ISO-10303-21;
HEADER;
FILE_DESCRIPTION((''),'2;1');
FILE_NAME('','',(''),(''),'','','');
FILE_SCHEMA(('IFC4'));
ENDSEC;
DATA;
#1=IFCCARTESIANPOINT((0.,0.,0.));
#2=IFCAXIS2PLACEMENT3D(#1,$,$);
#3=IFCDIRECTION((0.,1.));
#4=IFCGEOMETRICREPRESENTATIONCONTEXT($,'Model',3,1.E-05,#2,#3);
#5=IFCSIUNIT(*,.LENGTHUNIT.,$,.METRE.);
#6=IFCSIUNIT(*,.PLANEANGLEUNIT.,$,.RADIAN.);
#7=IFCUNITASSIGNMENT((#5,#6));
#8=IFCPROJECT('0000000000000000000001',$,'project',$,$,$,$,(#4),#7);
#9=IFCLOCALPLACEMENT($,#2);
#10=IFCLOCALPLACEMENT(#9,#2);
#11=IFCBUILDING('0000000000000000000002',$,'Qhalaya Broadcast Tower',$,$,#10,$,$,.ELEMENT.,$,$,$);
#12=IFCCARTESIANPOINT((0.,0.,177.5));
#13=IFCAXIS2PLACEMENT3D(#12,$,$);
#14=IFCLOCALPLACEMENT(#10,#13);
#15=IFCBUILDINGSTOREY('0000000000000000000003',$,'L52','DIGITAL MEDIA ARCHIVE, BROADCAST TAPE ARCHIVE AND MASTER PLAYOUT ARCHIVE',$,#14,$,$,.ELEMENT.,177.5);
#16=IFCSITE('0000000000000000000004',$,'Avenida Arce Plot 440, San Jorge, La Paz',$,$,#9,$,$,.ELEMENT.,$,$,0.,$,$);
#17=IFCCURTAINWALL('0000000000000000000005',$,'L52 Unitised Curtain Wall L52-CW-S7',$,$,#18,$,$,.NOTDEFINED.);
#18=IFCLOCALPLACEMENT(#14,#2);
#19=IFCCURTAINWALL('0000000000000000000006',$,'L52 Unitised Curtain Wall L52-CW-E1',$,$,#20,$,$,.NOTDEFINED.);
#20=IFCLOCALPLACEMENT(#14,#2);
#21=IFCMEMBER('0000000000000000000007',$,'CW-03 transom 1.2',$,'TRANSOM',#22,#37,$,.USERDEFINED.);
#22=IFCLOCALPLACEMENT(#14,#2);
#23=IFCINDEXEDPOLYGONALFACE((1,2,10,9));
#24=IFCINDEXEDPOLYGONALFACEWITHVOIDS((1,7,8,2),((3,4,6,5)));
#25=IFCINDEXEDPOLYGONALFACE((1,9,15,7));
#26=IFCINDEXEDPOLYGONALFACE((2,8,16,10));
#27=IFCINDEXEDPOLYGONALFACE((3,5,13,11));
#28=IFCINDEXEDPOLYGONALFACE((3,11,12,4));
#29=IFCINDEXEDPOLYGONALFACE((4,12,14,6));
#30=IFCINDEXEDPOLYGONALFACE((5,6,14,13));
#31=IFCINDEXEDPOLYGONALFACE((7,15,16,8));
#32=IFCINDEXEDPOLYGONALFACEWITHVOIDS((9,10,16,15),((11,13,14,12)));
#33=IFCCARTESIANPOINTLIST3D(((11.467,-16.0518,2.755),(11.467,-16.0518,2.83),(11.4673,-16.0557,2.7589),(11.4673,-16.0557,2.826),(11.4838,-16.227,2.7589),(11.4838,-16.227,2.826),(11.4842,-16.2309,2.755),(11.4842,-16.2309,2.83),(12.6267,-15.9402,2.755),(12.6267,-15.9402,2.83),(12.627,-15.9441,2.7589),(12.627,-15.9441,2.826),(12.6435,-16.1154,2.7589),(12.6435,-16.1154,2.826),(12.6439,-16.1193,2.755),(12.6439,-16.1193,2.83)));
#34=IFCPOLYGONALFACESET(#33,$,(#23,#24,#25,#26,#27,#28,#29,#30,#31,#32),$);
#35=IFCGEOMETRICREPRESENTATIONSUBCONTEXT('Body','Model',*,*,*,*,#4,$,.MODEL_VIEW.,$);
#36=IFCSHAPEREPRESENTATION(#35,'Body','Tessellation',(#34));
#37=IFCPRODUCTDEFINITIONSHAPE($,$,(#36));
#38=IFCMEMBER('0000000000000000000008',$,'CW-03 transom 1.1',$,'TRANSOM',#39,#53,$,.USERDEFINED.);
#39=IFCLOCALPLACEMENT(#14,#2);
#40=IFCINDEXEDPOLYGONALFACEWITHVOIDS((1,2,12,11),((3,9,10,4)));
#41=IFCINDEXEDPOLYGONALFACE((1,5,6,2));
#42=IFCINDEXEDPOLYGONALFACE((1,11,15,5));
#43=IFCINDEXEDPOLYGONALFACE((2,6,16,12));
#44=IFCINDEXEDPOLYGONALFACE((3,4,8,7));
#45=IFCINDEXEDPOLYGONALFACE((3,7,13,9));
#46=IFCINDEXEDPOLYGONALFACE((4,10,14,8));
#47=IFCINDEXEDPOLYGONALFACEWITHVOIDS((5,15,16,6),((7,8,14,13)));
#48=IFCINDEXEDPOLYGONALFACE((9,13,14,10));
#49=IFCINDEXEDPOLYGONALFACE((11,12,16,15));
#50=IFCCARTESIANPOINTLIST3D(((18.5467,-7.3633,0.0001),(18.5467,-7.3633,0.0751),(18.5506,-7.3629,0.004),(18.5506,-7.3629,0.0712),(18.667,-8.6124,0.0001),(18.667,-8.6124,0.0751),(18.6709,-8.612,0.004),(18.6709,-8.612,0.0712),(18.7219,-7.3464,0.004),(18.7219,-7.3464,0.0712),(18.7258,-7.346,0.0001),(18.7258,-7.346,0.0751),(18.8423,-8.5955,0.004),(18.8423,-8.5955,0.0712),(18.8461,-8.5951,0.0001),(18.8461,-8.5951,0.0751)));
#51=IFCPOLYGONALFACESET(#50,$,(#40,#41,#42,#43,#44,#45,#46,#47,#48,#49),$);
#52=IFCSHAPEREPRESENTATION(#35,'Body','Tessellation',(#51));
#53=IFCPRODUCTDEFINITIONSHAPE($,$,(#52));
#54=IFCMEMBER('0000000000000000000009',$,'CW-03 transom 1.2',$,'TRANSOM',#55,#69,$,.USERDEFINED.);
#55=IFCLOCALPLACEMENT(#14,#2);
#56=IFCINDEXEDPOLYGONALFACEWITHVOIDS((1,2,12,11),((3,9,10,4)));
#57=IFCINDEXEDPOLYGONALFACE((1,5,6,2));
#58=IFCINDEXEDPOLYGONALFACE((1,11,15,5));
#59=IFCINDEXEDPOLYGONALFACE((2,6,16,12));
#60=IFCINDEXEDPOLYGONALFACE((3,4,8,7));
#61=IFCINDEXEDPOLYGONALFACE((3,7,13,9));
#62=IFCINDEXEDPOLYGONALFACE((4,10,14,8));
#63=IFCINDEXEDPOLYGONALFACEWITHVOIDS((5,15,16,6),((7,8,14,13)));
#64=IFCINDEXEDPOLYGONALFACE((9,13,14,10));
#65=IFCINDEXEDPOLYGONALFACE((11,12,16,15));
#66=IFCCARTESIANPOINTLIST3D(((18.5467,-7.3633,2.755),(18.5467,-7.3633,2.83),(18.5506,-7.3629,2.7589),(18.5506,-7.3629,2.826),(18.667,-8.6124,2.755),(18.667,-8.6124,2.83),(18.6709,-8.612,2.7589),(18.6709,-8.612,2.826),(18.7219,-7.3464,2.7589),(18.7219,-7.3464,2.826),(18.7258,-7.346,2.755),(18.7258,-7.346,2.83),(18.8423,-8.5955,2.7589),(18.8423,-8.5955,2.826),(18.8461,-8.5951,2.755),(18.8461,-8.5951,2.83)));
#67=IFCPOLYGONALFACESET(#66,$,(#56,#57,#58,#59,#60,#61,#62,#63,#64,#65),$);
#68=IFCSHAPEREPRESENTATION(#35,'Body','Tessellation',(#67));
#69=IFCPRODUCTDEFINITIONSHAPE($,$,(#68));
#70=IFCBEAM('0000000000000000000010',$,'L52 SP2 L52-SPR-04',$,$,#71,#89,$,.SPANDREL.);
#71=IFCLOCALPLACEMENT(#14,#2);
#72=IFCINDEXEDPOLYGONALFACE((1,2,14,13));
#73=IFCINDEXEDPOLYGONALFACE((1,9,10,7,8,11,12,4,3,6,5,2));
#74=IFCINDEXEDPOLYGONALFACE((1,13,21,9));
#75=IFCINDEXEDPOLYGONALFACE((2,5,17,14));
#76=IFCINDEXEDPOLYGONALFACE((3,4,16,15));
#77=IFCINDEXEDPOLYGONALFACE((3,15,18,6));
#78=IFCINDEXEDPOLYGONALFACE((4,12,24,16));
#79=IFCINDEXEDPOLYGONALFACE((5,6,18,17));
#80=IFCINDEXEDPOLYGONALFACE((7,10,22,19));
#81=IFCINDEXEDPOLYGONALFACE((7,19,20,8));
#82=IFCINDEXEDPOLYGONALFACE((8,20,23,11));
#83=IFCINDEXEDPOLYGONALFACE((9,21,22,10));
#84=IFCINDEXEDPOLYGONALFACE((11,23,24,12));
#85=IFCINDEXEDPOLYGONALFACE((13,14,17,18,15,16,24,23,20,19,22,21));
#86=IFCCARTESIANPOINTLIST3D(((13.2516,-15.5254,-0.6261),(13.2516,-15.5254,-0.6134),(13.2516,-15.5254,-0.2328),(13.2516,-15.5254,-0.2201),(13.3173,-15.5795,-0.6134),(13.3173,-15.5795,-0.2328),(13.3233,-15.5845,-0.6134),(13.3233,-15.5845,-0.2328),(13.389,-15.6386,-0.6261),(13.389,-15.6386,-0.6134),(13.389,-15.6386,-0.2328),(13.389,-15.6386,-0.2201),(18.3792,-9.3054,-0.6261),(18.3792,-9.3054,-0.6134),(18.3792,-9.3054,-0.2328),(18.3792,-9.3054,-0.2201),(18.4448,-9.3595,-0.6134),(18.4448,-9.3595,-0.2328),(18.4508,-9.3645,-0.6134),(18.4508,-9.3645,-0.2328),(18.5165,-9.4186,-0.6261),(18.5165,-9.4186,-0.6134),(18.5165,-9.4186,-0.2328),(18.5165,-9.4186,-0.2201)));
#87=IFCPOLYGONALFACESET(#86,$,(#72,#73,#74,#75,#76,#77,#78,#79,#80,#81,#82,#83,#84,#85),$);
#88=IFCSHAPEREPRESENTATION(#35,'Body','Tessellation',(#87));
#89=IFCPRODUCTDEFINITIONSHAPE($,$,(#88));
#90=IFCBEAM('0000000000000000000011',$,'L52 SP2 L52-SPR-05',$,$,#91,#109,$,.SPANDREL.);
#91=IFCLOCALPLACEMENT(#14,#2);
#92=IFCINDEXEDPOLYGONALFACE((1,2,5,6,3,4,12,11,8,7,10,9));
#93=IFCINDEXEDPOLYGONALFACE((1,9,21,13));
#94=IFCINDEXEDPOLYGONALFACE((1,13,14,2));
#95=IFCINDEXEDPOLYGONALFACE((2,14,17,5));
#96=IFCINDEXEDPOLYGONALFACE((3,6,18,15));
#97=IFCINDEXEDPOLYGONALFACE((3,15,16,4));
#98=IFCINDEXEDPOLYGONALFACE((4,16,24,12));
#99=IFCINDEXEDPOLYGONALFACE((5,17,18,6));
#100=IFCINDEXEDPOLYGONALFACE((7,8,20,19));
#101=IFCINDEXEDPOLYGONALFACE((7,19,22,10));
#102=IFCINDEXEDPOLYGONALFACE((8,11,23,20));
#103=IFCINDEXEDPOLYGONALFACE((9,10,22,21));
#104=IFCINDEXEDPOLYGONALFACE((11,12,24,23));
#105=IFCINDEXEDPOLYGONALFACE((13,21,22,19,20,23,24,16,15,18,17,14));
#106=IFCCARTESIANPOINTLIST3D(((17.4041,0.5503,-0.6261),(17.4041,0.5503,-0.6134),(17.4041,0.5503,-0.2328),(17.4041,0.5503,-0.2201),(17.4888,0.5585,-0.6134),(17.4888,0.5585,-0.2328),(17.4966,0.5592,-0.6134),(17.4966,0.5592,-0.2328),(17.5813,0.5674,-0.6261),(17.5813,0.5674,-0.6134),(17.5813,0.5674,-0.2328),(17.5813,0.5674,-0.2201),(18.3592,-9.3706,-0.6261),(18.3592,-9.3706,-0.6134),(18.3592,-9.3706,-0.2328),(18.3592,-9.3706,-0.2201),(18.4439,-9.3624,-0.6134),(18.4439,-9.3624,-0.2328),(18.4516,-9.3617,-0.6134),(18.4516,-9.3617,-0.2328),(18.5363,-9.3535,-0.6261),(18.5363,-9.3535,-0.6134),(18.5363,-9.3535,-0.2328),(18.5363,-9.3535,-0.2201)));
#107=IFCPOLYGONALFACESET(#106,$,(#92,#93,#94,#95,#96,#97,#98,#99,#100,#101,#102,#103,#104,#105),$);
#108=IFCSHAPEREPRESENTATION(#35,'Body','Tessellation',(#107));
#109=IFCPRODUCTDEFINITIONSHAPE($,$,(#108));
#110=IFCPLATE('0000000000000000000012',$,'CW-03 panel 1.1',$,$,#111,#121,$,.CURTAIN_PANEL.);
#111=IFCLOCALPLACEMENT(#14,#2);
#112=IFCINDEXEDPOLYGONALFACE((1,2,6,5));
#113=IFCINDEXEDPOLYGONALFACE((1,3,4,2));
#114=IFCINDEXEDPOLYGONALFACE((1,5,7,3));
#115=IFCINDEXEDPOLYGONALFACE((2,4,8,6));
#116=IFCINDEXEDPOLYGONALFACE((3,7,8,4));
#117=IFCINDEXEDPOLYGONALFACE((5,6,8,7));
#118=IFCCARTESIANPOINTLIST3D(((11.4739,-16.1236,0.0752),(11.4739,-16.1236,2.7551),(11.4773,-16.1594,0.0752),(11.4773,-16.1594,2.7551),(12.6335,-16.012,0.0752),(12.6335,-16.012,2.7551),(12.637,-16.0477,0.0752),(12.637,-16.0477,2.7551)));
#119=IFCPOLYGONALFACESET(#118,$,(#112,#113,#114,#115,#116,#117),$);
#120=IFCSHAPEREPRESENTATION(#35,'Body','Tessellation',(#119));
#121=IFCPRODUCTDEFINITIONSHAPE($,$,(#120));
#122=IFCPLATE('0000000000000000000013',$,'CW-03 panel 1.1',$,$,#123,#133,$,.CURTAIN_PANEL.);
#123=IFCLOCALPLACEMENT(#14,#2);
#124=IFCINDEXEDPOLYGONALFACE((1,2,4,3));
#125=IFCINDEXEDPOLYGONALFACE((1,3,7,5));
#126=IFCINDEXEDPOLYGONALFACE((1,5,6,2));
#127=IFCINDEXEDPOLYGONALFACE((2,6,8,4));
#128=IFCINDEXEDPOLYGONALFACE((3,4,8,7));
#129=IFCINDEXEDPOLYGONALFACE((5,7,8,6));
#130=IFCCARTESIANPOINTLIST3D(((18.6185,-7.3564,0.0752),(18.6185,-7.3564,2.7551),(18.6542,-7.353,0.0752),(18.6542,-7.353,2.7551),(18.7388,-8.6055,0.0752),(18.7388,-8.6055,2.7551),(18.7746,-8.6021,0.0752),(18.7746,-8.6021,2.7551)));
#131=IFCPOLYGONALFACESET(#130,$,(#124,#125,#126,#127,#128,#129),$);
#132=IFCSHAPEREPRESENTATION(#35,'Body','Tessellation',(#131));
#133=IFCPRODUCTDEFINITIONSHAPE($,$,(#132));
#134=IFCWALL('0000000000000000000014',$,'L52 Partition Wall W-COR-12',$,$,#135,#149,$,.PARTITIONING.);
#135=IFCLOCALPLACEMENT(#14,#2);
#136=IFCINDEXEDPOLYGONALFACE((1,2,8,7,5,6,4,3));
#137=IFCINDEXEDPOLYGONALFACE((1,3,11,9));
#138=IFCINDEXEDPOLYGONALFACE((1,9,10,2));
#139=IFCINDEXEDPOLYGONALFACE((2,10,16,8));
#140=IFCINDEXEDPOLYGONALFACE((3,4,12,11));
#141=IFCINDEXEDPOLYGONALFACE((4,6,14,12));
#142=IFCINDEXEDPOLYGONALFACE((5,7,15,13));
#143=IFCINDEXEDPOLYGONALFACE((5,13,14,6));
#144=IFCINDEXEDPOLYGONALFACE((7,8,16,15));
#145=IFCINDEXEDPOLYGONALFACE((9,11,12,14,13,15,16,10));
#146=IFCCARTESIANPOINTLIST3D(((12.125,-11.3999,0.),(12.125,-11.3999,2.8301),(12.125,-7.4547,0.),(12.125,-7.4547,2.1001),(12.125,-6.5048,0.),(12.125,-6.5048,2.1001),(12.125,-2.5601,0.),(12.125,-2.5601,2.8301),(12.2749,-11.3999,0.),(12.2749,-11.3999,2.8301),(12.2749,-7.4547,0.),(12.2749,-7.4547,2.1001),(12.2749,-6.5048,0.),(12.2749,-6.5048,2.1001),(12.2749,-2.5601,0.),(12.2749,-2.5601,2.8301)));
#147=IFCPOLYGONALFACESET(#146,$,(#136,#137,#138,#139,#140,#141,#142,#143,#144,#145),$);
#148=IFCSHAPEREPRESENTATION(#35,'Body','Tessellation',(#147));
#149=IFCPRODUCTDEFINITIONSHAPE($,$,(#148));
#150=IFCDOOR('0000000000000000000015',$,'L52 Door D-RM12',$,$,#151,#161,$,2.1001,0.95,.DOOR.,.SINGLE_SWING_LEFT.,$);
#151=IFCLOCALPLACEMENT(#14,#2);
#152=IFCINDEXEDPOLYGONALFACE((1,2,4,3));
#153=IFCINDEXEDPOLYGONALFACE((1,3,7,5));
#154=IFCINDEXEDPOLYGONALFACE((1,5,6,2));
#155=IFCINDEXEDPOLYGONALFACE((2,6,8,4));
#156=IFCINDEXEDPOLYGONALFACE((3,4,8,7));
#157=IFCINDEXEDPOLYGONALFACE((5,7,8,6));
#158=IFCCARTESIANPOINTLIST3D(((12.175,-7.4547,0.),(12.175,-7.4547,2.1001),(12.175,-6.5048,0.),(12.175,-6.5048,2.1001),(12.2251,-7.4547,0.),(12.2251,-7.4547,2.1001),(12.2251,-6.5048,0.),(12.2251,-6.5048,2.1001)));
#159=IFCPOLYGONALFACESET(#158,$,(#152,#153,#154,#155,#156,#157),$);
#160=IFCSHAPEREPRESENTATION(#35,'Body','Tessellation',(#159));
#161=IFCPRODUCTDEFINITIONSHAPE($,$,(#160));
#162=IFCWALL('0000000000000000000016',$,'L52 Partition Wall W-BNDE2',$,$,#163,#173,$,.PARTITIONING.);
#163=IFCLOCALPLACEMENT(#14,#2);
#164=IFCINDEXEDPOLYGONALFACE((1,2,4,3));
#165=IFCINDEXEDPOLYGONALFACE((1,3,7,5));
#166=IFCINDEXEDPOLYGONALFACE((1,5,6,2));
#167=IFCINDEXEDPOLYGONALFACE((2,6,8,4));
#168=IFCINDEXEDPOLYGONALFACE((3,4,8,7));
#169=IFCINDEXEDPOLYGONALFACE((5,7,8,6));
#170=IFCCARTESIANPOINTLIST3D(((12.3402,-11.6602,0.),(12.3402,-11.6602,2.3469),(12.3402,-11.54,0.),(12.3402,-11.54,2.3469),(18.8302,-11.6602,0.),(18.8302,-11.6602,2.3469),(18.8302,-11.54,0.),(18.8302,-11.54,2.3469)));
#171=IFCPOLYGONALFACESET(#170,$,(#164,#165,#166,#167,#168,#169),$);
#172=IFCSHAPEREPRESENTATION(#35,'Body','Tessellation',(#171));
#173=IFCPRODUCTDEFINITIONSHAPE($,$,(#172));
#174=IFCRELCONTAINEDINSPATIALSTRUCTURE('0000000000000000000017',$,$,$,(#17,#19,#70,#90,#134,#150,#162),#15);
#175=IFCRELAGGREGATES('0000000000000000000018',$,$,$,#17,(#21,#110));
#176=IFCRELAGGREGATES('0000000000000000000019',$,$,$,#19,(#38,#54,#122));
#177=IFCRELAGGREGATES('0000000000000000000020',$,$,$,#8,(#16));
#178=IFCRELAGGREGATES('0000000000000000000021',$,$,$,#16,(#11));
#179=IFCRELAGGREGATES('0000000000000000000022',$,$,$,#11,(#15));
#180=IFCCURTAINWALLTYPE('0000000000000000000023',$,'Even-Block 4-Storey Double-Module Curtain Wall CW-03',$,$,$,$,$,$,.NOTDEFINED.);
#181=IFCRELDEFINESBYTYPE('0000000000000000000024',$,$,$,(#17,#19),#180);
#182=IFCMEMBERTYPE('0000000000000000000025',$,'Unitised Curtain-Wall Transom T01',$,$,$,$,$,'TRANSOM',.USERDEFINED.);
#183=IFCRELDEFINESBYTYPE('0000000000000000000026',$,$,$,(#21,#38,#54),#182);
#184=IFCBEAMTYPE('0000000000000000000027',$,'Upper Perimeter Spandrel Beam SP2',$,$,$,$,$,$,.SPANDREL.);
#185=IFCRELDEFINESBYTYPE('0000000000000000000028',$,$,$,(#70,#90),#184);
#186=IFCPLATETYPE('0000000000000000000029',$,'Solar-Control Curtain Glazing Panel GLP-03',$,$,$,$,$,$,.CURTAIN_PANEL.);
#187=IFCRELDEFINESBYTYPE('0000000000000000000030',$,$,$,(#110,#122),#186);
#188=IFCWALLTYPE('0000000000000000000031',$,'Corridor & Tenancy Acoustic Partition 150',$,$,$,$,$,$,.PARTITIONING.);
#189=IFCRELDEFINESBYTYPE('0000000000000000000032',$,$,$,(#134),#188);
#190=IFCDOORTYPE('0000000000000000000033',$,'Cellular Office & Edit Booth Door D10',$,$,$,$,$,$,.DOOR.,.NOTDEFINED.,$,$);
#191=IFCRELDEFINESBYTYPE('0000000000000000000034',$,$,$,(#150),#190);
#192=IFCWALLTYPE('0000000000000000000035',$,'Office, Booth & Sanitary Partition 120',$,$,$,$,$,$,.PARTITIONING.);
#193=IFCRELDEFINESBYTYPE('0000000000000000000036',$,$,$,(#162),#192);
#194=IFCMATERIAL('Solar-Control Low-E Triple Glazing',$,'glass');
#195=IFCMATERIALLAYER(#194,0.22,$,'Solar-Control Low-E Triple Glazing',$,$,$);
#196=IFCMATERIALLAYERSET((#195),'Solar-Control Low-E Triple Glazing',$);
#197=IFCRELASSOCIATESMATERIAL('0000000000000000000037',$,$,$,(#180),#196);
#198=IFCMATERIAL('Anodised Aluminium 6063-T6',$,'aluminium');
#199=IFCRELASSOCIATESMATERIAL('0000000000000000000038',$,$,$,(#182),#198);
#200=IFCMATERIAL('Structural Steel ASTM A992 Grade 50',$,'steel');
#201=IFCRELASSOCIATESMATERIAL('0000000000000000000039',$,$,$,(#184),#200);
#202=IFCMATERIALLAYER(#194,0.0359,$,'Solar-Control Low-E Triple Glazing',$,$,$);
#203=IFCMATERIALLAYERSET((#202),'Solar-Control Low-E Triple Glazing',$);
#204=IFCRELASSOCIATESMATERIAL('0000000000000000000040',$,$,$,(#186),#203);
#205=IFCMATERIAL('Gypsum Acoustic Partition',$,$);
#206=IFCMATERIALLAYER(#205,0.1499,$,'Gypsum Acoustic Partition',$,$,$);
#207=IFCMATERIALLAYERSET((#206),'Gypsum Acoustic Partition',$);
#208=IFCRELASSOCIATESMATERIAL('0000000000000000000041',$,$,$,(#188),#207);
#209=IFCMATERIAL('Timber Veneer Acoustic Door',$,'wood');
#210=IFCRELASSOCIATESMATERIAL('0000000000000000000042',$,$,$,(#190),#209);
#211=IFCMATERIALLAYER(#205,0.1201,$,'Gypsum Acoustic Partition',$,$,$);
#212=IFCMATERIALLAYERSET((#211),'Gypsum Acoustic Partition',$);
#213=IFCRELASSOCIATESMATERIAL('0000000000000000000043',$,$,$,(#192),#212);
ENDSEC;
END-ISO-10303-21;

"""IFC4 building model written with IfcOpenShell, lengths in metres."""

from ifc_helpers import new_model, si_unit, direction, frame, frame_2d, origin, origin_2d, place, context, subcontext, project, spatial, rectangle, hollow_rectangle, i_section, extrude, material, layer, layer_set, material_profile, profile_set, type_object, element, fill, aggregate, save


model = new_model("IFC4")

# Units and contexts
model_context = context("Model", 3, precision=1e-05, world=origin(), true_north=direction((0.0, 1.0)))
body_context = subcontext(model_context, "Body", "Model", "MODEL_VIEW")
ifc_project = project(units=[si_unit("LENGTHUNIT", "METRE"), si_unit("PLANEANGLEUNIT", "RADIAN")], contexts=[model_context])

# Site, building, storey
site_placement = place(None, origin())
site = spatial("IfcSite", under=ifc_project, at=site_placement, Name="Avenida Arce Plot 440, San Jorge, La Paz", CompositionType="ELEMENT", RefElevation=0.0)
building_placement = place(site_placement, origin())
building = spatial("IfcBuilding", under=site, at=building_placement, Name="Qhalaya Broadcast Tower", CompositionType="ELEMENT")
storey_placement = place(building_placement, frame((0.0, 0.0, 177.5)))
storey = spatial("IfcBuildingStorey", under=building, at=storey_placement, Name="L52", Description="DIGITAL MEDIA ARCHIVE, BROADCAST TAPE ARCHIVE AND MASTER PLAYOUT ARCHIVE", CompositionType="ELEMENT", Elevation=177.5)

# Shared definitions
ifc_material_1 = material(Name="Anodised Aluminium 6063-T6", Category="aluminium")

# Curtain walls
ifc_material_2 = material(Name="Solar-Control Low-E Triple Glazing", Category="glass")
ifc_layer_1 = layer(ifc_material_2, 0.22, Name="Solar-Control Low-E Triple Glazing")
ifc_layer_set_1 = layer_set([ifc_layer_1], Name="Solar-Control Low-E Triple Glazing")
curtain_wall_type_1 = type_object("IfcCurtainWallType", Name="Even-Block 4-Storey Double-Module Curtain Wall CW-03", PredefinedType="NOTDEFINED", material=ifc_layer_set_1)
curtain_wall_1_placement = place(storey_placement, origin())
curtain_wall_1 = element("IfcCurtainWall", 1, at=curtain_wall_1_placement, inside=storey, type_object=curtain_wall_type_1, Name="L52 Unitised Curtain Wall L52-CW-S7", PredefinedType="NOTDEFINED")
curtain_wall_2_placement = place(storey_placement, origin())
curtain_wall_2 = element("IfcCurtainWall", 2, at=curtain_wall_2_placement, inside=storey, type_object=curtain_wall_type_1, Name="L52 Unitised Curtain Wall L52-CW-E1", PredefinedType="NOTDEFINED")

# Members
ifc_material_profile_1 = material_profile(ifc_material_1, hollow_rectangle(XDim=0.075, YDim=0.1799, WallThickness=0.0039, at=origin_2d()), Name="ALU-TRN 75x180x4")
ifc_profile_set_1 = profile_set([ifc_material_profile_1], Name="Anodised Aluminium 6063-T6")
member_type_1 = type_object("IfcMemberType", Name="Unitised Curtain-Wall Transom T01", ElementType="TRANSOM", PredefinedType="USERDEFINED", material=ifc_profile_set_1)
member_1_placement = place(storey_placement, frame((11.4756, -16.1414, 2.7925), z_axis=(0.995404, 0.095768, 0.0), x_axis=(0.0, 0.0, 1.0)))
member_1 = element("IfcMember", 3, at=member_1_placement, type_object=member_type_1, Name="CW-03 transom 1.2", ObjectType="TRANSOM", PredefinedType="USERDEFINED", context=body_context, shape_type="SweptSolid", body=[
    extrude(hollow_rectangle(XDim=0.075, YDim=0.1799, WallThickness=0.0039, at=origin_2d()), origin(), (0.0, 0.0, 1.0), 1.165),
])
member_2_placement = place(storey_placement, frame((18.7566, -8.6038, 0.0376), z_axis=(-0.09592, 0.995389, 0.0), x_axis=(0.0, 0.0, 1.0)))
member_2 = element("IfcMember", 4, at=member_2_placement, type_object=member_type_1, Name="CW-03 transom 1.1", ObjectType="TRANSOM", PredefinedType="USERDEFINED", context=body_context, shape_type="SweptSolid", body=[
    extrude(hollow_rectangle(XDim=0.075, YDim=0.1799, WallThickness=0.0039, at=origin_2d()), origin(), (0.0, 0.0, 1.0), 1.2549),
])
member_3_placement = place(storey_placement, frame((18.7566, -8.6038, 2.7925), z_axis=(-0.09592, 0.995389, 0.0), x_axis=(0.0, 0.0, 1.0)))
member_3 = element("IfcMember", 5, at=member_3_placement, type_object=member_type_1, Name="CW-03 transom 1.2", ObjectType="TRANSOM", PredefinedType="USERDEFINED", context=body_context, shape_type="SweptSolid", body=[
    extrude(hollow_rectangle(XDim=0.075, YDim=0.1799, WallThickness=0.0039, at=origin_2d()), origin(), (0.0, 0.0, 1.0), 1.2549),
])

# Beams
ifc_material_3 = material(Name="Structural Steel ASTM A992 Grade 50", Category="steel")
ifc_material_profile_2 = material_profile(ifc_material_3, i_section(OverallWidth=0.178, OverallDepth=0.406, WebThickness=0.0078, FlangeThickness=0.0127, at=origin_2d()), Name="W16X40")
ifc_profile_set_2 = profile_set([ifc_material_profile_2], Name="Structural Steel ASTM A992 Grade 50")
beam_type = type_object("IfcBeamType", Name="Upper Perimeter Spandrel Beam SP2", PredefinedType="SPANDREL", material=ifc_profile_set_2)
beam_1_placement = place(storey_placement, frame((13.3203, -15.582, -0.4231), z_axis=(0.636085, 0.771619, 0.0), x_axis=(-0.771619, 0.636085, 0.0)))
element("IfcBeam", 6, at=beam_1_placement, inside=storey, type_object=beam_type, Name="L52 SP2 L52-SPR-04", PredefinedType="SPANDREL", context=body_context, shape_type="SweptSolid", body=[
    extrude(i_section(OverallWidth=0.178, OverallDepth=0.406, WebThickness=0.0078, FlangeThickness=0.0127, at=origin_2d()), origin(), (0.0, 0.0, 1.0), 8.061),
])
beam_2_placement = place(storey_placement, frame((18.4478, -9.3621, -0.4231), z_axis=(-0.095826, 0.995398, 0.0), x_axis=(-0.995398, -0.095826, 0.0)))
element("IfcBeam", 7, at=beam_2_placement, inside=storey, type_object=beam_type, Name="L52 SP2 L52-SPR-05", PredefinedType="SPANDREL", context=body_context, shape_type="SweptSolid", body=[
    extrude(i_section(OverallWidth=0.178, OverallDepth=0.406, WebThickness=0.0078, FlangeThickness=0.0127, at=origin_2d()), origin(), (0.0, 0.0, 1.0), 9.9668),
])

# Plates
ifc_layer_2 = layer(ifc_material_2, 0.0359, Name="Solar-Control Low-E Triple Glazing")
ifc_layer_set_2 = layer_set([ifc_layer_2], Name="Solar-Control Low-E Triple Glazing")
plate_type = type_object("IfcPlateType", Name="Solar-Control Curtain Glazing Panel GLP-03", PredefinedType="CURTAIN_PANEL", material=ifc_layer_set_2)
plate_1_placement = place(storey_placement, frame((12.0554, -16.0857, 0.0752), z_axis=(0.0, 0.0, 1.0), x_axis=(0.995399, 0.095821, 0.0)))
plate_1 = element("IfcPlate", 8, at=plate_1_placement, type_object=plate_type, Name="CW-03 panel 1.1", PredefinedType="CURTAIN_PANEL", context=body_context, shape_type="SweptSolid", body=[
    extrude(rectangle(XDim=1.165, YDim=0.0359, at=origin_2d()), origin(), (0.0, 0.0, 1.0), 2.6799),
])
aggregate(curtain_wall_1, [member_1, plate_1])
plate_2_placement = place(storey_placement, frame((18.6965, -7.9792, 0.0752), z_axis=(0.0, 0.0, 1.0), x_axis=(-0.095874, 0.995393, 0.0)))
plate_2 = element("IfcPlate", 9, at=plate_2_placement, type_object=plate_type, Name="CW-03 panel 1.1", PredefinedType="CURTAIN_PANEL", context=body_context, shape_type="SweptSolid", body=[
    extrude(rectangle(XDim=1.2549, YDim=0.0359, at=origin_2d()), origin(), (0.0, 0.0, 1.0), 2.6799),
])
aggregate(curtain_wall_2, [member_2, member_3, plate_2])

# Wall, opening, door
ifc_material_4 = material(Name="Gypsum Acoustic Partition")
ifc_layer_3 = layer(ifc_material_4, 0.1499, Name="Gypsum Acoustic Partition")
ifc_layer_set_3 = layer_set([ifc_layer_3], Name="Gypsum Acoustic Partition")
wall_type_1 = type_object("IfcWallType", Name="Corridor & Tenancy Acoustic Partition 150", PredefinedType="PARTITIONING", material=ifc_layer_set_3)
wall_1_placement = place(storey_placement, frame((12.2, -11.3999, 0.0), z_axis=(0.0, 0.0, 1.0), x_axis=(0.0, 1.0, 0.0)))
wall_1 = element("IfcWall", 10, at=wall_1_placement, inside=storey, type_object=wall_type_1, Name="L52 Partition Wall W-COR-12", PredefinedType="PARTITIONING", context=body_context, shape_type="SweptSolid", body=[
    extrude(rectangle(XDim=8.8398, YDim=0.1499, at=frame_2d((4.4199, 0.0))), origin(), (0.0, 0.0, 1.0), 2.8301),
])
opening_placement = place(wall_1_placement, frame((3.9451, 0.0, 0.0)))
opening = element("IfcOpeningElement", 11, at=opening_placement, cuts=wall_1, PredefinedType="OPENING", context=body_context, shape_type="SweptSolid", body=[
    extrude(rectangle(XDim=0.95, YDim=2.1001, at=frame_2d((0.4751, 1.05))), frame((0.0, 0.0869, 0.0), z_axis=(0.0, -1.0, 0.0), x_axis=(1.0, 0.0, 0.0)), (0.0, 0.0, 1.0), 0.1738),
])
ifc_material_5 = material(Name="Timber Veneer Acoustic Door", Category="wood")
door_type = type_object("IfcDoorType", Name="Cellular Office & Edit Booth Door D10", OperationType="NOTDEFINED", PredefinedType="DOOR", material=ifc_material_5)
door_placement = place(opening_placement, origin())
door = element("IfcDoor", 12, at=door_placement, inside=storey, type_object=door_type, Name="L52 Door D-RM12", OperationType="SINGLE_SWING_LEFT", OverallHeight=2.1001, OverallWidth=0.95, PredefinedType="DOOR", context=body_context, shape_type="SweptSolid", body=[
    extrude(rectangle(XDim=0.95, YDim=2.1001, at=frame_2d((0.4751, 1.05))), frame((0.0, 0.0249, 0.0), z_axis=(0.0, -1.0, 0.0), x_axis=(1.0, 0.0, 0.0)), (0.0, 0.0, 1.0), 0.05),
])
fill(opening, door)

# Wall
ifc_layer_4 = layer(ifc_material_4, 0.1201, Name="Gypsum Acoustic Partition")
ifc_layer_set_4 = layer_set([ifc_layer_4], Name="Gypsum Acoustic Partition")
wall_type_2 = type_object("IfcWallType", Name="Office, Booth & Sanitary Partition 120", PredefinedType="PARTITIONING", material=ifc_layer_set_4)
wall_2_placement = place(storey_placement, frame((12.3401, -11.6001, 0.0), z_axis=(0.0, 0.0, 1.0), x_axis=(1.0, 0.0, 0.0)))
element("IfcWall", 13, at=wall_2_placement, inside=storey, type_object=wall_type_2, Name="L52 Partition Wall W-BNDE2", PredefinedType="PARTITIONING", context=body_context, shape_type="SweptSolid", body=[
    extrude(rectangle(XDim=6.49, YDim=0.1201, at=frame_2d((3.2451, 0.0))), origin(), (0.0, 0.0, 1.0), 2.3469),
])

save(model, "model.ifc")
